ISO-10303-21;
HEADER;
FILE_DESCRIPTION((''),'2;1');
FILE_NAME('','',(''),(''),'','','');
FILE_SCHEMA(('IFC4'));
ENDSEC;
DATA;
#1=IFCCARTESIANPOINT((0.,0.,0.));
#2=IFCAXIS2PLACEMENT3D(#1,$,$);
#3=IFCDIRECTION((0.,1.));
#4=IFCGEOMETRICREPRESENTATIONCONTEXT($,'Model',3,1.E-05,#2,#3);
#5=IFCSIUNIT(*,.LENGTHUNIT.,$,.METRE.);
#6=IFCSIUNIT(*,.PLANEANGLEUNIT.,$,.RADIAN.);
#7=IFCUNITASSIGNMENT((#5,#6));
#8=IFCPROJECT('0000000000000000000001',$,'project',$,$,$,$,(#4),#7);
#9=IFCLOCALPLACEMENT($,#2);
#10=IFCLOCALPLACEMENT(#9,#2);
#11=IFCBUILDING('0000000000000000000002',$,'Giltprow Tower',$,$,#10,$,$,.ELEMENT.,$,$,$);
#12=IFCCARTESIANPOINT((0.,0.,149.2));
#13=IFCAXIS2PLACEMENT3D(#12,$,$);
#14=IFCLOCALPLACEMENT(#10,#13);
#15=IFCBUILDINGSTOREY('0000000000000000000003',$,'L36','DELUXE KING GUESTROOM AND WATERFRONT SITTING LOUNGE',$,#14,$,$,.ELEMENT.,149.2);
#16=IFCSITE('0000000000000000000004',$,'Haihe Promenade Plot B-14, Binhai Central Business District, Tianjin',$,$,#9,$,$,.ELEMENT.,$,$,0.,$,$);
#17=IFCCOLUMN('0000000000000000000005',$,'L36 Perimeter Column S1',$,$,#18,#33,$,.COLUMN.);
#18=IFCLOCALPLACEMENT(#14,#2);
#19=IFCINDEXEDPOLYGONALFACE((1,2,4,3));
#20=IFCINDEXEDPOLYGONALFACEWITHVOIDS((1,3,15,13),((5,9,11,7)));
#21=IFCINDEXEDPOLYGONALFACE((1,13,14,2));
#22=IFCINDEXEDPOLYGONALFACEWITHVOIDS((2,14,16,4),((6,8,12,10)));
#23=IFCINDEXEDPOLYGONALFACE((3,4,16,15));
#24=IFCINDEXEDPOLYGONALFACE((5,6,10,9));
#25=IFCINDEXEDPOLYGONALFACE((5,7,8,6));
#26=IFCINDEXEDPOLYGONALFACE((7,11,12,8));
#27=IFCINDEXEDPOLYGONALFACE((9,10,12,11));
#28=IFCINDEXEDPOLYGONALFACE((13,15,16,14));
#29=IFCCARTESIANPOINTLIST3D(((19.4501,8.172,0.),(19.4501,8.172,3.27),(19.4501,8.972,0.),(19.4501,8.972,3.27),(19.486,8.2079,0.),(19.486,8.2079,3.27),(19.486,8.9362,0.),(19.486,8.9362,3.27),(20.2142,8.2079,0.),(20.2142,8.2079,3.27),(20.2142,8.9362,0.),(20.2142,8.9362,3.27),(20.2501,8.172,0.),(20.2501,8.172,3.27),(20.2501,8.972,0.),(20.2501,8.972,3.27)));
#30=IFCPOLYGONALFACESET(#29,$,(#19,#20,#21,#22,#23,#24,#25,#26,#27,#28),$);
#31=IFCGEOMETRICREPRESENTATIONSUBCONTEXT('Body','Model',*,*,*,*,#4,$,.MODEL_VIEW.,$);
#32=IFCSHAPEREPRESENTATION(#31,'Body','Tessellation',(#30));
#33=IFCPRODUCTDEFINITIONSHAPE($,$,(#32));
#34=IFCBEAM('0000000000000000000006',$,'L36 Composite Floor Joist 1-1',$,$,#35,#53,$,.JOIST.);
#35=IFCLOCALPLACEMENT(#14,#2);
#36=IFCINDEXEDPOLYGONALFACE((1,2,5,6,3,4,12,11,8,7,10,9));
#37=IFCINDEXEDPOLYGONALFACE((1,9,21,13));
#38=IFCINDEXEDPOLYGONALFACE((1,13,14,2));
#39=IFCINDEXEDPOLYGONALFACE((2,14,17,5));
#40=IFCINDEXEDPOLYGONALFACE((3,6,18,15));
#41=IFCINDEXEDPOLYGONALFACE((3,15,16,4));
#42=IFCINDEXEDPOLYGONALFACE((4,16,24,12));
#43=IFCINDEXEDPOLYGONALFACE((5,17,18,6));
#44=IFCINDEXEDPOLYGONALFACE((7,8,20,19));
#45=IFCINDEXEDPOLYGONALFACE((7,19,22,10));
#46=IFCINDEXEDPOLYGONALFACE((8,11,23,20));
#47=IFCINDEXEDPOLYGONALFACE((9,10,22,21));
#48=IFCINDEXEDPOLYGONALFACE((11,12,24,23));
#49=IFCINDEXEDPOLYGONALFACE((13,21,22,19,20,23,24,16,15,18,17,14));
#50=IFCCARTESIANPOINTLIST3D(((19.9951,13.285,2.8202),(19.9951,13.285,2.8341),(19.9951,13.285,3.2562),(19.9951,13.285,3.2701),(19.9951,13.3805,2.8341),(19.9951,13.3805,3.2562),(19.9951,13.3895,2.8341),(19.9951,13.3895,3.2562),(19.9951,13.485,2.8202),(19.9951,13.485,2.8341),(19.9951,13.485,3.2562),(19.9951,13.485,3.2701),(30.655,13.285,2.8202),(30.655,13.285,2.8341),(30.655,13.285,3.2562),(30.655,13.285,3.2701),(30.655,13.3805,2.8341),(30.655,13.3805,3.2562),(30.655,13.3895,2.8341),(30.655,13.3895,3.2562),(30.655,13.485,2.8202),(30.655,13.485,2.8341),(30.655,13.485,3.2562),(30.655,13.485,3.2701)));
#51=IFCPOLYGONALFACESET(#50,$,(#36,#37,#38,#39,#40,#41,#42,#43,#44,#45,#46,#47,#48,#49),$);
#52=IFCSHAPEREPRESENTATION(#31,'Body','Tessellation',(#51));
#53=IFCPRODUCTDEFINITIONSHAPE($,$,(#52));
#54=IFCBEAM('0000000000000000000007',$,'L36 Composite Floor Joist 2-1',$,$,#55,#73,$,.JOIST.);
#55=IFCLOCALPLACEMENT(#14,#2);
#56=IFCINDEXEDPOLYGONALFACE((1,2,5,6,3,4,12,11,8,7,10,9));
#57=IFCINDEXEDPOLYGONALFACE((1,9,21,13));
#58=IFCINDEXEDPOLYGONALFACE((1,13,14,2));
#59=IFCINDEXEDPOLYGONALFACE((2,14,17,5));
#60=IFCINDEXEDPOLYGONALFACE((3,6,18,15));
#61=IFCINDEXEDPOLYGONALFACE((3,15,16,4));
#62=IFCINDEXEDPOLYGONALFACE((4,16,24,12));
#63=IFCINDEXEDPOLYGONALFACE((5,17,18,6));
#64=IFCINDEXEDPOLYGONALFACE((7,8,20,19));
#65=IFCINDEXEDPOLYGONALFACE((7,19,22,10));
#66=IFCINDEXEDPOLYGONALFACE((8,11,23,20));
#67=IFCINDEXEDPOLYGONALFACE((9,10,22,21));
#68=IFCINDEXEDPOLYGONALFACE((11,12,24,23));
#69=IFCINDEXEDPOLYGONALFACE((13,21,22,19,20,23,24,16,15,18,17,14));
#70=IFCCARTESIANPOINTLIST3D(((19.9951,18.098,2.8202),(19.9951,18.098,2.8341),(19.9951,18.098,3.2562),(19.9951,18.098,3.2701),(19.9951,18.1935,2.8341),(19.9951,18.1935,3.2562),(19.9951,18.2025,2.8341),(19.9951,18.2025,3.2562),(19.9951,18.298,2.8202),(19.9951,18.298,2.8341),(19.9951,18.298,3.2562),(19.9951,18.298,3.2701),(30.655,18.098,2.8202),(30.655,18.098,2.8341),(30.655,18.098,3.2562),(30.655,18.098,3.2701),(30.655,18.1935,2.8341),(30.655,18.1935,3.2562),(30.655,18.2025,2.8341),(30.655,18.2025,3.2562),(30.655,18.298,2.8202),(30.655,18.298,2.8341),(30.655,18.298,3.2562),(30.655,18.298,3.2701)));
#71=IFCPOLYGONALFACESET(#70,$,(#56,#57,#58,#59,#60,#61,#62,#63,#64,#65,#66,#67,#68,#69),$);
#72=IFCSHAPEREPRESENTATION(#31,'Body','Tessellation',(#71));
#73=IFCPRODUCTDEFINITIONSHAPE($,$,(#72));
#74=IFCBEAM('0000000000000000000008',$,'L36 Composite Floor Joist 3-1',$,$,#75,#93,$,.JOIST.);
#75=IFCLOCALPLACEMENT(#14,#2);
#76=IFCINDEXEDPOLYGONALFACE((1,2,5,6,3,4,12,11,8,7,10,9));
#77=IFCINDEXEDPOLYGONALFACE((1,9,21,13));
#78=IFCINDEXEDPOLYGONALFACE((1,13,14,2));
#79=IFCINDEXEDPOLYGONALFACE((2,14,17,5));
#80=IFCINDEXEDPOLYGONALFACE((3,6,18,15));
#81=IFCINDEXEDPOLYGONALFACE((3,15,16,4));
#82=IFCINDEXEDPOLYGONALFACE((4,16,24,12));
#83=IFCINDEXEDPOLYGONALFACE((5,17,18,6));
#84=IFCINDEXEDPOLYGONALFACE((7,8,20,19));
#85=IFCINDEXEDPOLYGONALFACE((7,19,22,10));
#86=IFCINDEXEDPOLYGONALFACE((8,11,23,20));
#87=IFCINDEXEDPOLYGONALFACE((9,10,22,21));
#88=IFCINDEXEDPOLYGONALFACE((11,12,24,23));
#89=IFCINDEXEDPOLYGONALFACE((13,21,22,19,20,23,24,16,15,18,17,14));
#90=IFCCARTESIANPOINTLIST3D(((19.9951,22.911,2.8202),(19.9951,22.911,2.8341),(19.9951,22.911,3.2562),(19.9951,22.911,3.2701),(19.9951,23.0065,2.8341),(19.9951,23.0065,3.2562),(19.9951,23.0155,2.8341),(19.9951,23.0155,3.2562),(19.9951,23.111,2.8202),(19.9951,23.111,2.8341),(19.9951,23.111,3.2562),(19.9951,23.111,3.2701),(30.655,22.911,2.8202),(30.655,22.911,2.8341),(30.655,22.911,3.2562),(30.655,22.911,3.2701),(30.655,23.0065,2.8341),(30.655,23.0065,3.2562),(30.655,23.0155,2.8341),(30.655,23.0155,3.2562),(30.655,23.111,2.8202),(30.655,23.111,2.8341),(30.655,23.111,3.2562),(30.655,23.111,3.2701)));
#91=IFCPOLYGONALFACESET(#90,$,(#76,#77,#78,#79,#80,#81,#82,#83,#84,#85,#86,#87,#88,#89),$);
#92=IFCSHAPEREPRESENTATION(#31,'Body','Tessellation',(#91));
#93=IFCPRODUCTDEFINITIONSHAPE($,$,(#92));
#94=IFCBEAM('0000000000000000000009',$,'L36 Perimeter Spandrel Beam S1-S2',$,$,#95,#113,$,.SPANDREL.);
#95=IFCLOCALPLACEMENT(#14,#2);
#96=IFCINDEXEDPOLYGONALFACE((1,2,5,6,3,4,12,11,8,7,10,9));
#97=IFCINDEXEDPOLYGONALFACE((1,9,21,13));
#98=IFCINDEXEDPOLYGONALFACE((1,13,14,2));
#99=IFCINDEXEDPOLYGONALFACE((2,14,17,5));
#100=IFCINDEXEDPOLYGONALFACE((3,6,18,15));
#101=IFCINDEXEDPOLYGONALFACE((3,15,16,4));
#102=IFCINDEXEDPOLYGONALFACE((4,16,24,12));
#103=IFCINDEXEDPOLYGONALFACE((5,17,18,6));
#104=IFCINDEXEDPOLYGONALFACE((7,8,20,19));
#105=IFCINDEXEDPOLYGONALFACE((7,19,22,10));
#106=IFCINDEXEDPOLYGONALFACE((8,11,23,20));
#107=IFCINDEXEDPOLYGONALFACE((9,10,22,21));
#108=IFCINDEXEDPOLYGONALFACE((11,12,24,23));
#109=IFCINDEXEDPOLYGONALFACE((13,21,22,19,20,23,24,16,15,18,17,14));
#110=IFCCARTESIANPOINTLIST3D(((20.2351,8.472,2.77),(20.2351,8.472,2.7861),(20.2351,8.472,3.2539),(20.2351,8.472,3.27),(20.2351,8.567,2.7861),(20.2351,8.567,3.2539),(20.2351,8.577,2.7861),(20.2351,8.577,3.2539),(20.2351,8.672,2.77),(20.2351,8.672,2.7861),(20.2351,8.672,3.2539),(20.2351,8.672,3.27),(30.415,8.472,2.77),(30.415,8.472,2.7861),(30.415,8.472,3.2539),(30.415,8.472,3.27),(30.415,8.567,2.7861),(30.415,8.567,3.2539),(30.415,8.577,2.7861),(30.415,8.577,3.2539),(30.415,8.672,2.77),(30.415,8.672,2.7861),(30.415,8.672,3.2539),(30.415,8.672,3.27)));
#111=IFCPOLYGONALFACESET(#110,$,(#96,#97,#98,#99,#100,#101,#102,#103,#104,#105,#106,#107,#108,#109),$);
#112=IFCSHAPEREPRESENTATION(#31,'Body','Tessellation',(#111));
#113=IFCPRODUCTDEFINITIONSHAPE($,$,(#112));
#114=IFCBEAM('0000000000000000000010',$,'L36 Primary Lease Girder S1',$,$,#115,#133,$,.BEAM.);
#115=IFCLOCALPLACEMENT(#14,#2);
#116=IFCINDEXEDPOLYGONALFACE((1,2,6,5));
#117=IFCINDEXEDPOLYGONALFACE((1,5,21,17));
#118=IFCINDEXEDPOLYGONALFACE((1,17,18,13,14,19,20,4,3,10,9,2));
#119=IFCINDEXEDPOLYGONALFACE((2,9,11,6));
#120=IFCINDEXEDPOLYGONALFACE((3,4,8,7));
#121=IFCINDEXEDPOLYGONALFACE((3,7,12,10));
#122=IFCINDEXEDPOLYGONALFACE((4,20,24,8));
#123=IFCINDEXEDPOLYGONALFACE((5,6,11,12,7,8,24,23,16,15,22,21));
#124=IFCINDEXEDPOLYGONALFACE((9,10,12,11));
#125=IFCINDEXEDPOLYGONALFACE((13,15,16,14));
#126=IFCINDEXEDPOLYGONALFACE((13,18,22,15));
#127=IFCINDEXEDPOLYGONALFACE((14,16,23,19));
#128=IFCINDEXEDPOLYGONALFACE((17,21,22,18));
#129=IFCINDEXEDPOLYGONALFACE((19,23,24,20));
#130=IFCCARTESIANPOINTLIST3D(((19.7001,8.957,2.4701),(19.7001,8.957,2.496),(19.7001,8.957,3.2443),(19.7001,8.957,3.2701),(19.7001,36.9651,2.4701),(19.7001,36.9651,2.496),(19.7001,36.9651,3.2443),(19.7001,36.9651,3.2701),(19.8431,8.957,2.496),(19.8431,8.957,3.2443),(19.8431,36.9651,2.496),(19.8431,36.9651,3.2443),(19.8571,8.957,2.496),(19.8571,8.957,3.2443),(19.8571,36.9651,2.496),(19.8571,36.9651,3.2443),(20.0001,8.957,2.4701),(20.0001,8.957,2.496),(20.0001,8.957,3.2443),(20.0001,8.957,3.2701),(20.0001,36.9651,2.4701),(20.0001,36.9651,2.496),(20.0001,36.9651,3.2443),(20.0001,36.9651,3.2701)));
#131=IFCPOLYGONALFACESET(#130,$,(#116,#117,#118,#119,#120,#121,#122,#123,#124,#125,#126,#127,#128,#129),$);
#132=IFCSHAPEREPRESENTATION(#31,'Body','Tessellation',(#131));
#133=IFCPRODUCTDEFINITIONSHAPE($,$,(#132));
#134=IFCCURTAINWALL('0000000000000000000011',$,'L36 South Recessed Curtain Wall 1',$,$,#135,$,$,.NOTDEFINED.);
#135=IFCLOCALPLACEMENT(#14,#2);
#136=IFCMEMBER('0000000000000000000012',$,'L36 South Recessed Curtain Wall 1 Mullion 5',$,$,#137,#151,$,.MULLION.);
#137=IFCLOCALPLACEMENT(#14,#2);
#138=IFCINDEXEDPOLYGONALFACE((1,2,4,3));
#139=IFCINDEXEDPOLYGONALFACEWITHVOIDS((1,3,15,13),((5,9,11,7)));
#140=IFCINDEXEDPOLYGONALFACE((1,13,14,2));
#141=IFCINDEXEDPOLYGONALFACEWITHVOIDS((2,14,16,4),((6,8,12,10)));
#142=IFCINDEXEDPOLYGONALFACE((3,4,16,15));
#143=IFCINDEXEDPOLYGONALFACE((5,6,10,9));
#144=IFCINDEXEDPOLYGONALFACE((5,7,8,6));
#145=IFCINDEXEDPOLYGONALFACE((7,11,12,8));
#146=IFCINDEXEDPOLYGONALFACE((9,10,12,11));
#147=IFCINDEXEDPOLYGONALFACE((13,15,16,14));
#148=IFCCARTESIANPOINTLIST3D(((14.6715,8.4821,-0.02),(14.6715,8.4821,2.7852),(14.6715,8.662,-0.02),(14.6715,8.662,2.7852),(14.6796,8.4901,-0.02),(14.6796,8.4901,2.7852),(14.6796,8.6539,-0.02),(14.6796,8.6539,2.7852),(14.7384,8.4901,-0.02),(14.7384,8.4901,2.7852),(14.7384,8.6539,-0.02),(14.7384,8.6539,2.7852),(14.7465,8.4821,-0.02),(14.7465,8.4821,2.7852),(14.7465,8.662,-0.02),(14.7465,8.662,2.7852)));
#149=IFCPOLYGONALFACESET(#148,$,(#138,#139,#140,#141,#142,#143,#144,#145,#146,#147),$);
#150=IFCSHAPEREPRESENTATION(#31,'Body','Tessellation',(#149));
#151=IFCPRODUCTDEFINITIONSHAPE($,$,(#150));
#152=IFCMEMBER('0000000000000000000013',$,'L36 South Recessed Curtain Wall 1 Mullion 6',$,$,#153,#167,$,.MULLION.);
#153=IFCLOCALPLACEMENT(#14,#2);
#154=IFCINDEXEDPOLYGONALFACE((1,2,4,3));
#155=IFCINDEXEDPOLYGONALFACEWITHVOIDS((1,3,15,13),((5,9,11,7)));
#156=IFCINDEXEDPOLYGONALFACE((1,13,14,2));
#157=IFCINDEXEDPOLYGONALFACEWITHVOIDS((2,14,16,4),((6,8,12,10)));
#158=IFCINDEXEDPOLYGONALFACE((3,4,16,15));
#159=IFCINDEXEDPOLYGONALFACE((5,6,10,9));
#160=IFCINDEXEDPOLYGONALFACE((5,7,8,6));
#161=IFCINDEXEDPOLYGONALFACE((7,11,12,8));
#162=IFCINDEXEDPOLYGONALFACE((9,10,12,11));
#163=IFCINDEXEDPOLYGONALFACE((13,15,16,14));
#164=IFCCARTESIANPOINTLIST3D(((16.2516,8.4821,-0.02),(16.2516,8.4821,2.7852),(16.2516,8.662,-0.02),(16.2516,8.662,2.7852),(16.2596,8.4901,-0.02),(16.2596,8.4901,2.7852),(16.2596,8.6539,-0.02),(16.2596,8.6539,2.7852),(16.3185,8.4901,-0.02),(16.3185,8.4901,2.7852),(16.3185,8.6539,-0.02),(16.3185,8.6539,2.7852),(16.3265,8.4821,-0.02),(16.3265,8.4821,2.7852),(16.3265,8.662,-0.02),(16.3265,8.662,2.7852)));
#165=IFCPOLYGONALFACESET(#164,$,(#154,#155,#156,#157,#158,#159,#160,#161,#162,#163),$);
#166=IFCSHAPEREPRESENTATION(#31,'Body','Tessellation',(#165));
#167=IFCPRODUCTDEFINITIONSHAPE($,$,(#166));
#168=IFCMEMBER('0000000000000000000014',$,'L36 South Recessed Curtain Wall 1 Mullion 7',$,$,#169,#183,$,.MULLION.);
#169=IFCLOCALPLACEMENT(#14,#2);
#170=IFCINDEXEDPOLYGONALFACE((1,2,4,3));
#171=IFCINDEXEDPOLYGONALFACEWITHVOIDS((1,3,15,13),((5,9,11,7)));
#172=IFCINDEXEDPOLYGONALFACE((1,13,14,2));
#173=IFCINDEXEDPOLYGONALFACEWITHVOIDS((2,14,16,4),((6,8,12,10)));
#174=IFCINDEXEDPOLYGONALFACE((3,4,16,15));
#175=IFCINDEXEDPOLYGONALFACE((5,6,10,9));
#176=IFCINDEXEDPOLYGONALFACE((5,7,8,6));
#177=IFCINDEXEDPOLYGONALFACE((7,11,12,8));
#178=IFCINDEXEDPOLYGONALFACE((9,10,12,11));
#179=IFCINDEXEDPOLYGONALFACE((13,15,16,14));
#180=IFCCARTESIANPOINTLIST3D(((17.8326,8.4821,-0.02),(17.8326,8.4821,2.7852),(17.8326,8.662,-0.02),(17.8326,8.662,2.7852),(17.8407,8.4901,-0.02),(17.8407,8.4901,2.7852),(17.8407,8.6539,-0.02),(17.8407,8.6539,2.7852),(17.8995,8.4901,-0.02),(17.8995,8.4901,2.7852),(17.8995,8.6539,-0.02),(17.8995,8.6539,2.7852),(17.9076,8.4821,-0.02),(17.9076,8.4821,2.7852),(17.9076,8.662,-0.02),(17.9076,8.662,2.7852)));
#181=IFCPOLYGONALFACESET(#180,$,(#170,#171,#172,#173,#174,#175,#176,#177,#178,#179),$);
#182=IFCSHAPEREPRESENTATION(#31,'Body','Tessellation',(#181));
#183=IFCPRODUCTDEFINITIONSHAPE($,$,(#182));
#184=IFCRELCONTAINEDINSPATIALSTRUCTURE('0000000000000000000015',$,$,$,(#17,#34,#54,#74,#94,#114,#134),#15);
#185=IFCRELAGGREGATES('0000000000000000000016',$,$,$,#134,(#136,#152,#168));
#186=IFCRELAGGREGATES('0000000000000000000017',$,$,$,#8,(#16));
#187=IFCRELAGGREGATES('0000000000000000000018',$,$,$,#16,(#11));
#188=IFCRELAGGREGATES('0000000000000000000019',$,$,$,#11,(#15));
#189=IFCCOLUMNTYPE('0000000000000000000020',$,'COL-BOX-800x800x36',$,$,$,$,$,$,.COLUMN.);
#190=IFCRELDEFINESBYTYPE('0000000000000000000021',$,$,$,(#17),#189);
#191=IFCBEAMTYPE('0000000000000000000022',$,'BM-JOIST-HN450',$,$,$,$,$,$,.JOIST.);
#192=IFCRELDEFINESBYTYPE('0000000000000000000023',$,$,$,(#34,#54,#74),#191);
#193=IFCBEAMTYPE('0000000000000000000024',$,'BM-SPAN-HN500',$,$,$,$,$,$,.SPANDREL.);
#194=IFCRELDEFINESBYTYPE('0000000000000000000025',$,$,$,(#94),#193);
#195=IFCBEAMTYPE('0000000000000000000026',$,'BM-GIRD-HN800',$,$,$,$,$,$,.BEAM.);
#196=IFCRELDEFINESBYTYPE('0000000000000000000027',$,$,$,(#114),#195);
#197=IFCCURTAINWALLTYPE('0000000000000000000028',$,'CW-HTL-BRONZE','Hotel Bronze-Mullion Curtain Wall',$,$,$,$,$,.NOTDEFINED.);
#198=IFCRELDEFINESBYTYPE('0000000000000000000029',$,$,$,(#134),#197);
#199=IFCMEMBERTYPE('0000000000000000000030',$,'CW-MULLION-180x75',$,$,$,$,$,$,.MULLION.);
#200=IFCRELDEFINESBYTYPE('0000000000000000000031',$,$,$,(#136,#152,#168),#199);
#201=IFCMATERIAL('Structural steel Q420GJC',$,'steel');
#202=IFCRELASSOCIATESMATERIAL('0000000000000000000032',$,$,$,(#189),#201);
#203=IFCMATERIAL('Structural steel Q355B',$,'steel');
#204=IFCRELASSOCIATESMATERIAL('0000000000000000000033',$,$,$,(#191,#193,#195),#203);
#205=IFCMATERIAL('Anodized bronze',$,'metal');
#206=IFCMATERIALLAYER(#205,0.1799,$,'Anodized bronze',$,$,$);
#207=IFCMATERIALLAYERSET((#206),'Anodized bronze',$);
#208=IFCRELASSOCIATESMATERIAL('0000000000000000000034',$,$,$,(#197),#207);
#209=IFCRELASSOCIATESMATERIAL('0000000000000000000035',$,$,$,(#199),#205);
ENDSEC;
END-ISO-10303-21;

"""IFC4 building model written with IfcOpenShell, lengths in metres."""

from ifc_helpers import new_model, si_unit, direction, frame, origin, origin_2d, place, context, subcontext, project, spatial, hollow_rectangle, i_section, extrude, source, transform, mapped, material, layer, layer_set, material_profile, profile_set, type_object, element, aggregate, save


model = new_model("IFC4")

# Units and contexts
model_context = context("Model", 3, precision=1e-05, world=origin(), true_north=direction((0.0, 1.0)))
body_context = subcontext(model_context, "Body", "Model", "MODEL_VIEW")
ifc_project = project(units=[si_unit("LENGTHUNIT", "METRE"), si_unit("PLANEANGLEUNIT", "RADIAN")], contexts=[model_context])

# Site, building, storey
site_placement = place(None, origin())
site = spatial("IfcSite", under=ifc_project, at=site_placement, Name="Haihe Promenade Plot B-14, Binhai Central Business District, Tianjin", CompositionType="ELEMENT", RefElevation=0.0)
building_placement = place(site_placement, origin())
building = spatial("IfcBuilding", under=site, at=building_placement, Name="Giltprow Tower", CompositionType="ELEMENT")
storey_placement = place(building_placement, frame((0.0, 0.0, 149.2)))
storey = spatial("IfcBuildingStorey", under=building, at=storey_placement, Name="L36", Description="DELUXE KING GUESTROOM AND WATERFRONT SITTING LOUNGE", CompositionType="ELEMENT", Elevation=149.2)

# Column
ifc_material_1 = material(Name="Structural steel Q420GJC", Category="steel")
ifc_material_profile_1 = material_profile(ifc_material_1, hollow_rectangle(XDim=0.8, YDim=0.8, WallThickness=0.0359, at=origin_2d()), Name="BOX 800x800x36")
ifc_profile_set_1 = profile_set([ifc_material_profile_1], Name="Structural steel Q420GJC")
column_type = type_object("IfcColumnType", Name="COL-BOX-800x800x36", PredefinedType="COLUMN", material=ifc_profile_set_1)
shared_shape_1 = source(origin(), body_context, "Body", "SweptSolid", [
    extrude(hollow_rectangle(XDim=0.8, YDim=0.8, WallThickness=0.0359, at=origin_2d()), origin(), (0.0, 0.0, 1.0), 3.27),
])
column_placement = place(storey_placement, frame((19.8501, 8.572, 0.0), z_axis=(0.0, 0.0, 1.0), x_axis=(1.0, 0.0, 0.0)))
element("IfcColumn", 1, at=column_placement, inside=storey, type_object=column_type, Name="L36 Perimeter Column S1", PredefinedType="COLUMN", context=body_context, shape_type="MappedRepresentation", body=[
    mapped(shared_shape_1, transform((0.0, 0.0, 0.0), x_axis=(1.0, 0.0, 0.0), y_axis=(0.0, 1.0, 0.0), z_axis=(0.0, 0.0, 1.0), scale=1.0)),
])

# Beams
ifc_material_2 = material(Name="Structural steel Q355B", Category="steel")
ifc_material_profile_2 = material_profile(ifc_material_2, i_section(OverallWidth=0.2, OverallDepth=0.45, WebThickness=0.009, FlangeThickness=0.0139, at=origin_2d()), Name="HN 450x200x9x14")
ifc_profile_set_2 = profile_set([ifc_material_profile_2], Name="Structural steel Q355B")
beam_type_1 = type_object("IfcBeamType", Name="BM-JOIST-HN450", PredefinedType="JOIST", material=ifc_profile_set_2)
shared_shape_2 = source(origin(), body_context, "Body", "SweptSolid", [
    extrude(i_section(OverallWidth=0.2, OverallDepth=0.45, WebThickness=0.009, FlangeThickness=0.0139, at=origin_2d()), origin(), (0.0, 0.0, 1.0), 10.6599),
])
for number, where, z_axis, x_axis, name in (
    (2, (19.9951, 13.385, 3.0452), (1.0, 0.0, 0.0), (0.0, 1.0, 0.0), "L36 Composite Floor Joist 1-1"),
    (3, (19.9951, 18.198, 3.0452), (1.0, 0.0, 0.0), (0.0, 1.0, 0.0), "L36 Composite Floor Joist 2-1"),
    (4, (19.9951, 23.011, 3.0452), (1.0, 0.0, 0.0), (0.0, 1.0, 0.0), "L36 Composite Floor Joist 3-1"),
):
    element("IfcBeam", number, at=place(storey_placement, frame(where, z_axis=z_axis, x_axis=x_axis)), inside=storey, type_object=beam_type_1, Name=name, PredefinedType="JOIST", context=body_context, shape_type="MappedRepresentation", body=[
        mapped(shared_shape_2, transform((0.0, 0.0, 0.0), x_axis=(1.0, 0.0, 0.0), y_axis=(0.0, 1.0, 0.0), z_axis=(0.0, 0.0, 1.0), scale=1.0)),
    ])
ifc_material_profile_3 = material_profile(ifc_material_2, i_section(OverallWidth=0.2, OverallDepth=0.5, WebThickness=0.01, FlangeThickness=0.0161, at=origin_2d()), Name="HN 500x200x10x16")
ifc_profile_set_3 = profile_set([ifc_material_profile_3], Name="Structural steel Q355B")
beam_type_2 = type_object("IfcBeamType", Name="BM-SPAN-HN500", PredefinedType="SPANDREL", material=ifc_profile_set_3)
shared_shape_3 = source(origin(), body_context, "Body", "SweptSolid", [
    extrude(i_section(OverallWidth=0.2, OverallDepth=0.5, WebThickness=0.01, FlangeThickness=0.0161, at=origin_2d()), origin(), (0.0, 0.0, 1.0), 10.1799),
])
beam_1_placement = place(storey_placement, frame((20.2351, 8.572, 3.02), z_axis=(1.0, 0.0, 0.0), x_axis=(0.0, 1.0, 0.0)))
element("IfcBeam", 5, at=beam_1_placement, inside=storey, type_object=beam_type_2, Name="L36 Perimeter Spandrel Beam S1-S2", PredefinedType="SPANDREL", context=body_context, shape_type="MappedRepresentation", body=[
    mapped(shared_shape_3, transform((0.0, 0.0, 0.0), x_axis=(1.0, 0.0, 0.0), y_axis=(0.0, 1.0, 0.0), z_axis=(0.0, 0.0, 1.0), scale=1.0)),
])
ifc_material_profile_4 = material_profile(ifc_material_2, i_section(OverallWidth=0.3, OverallDepth=0.8, WebThickness=0.0139, FlangeThickness=0.0259, at=origin_2d()), Name="HN 800x300x14x26")
ifc_profile_set_4 = profile_set([ifc_material_profile_4], Name="Structural steel Q355B")
beam_type_3 = type_object("IfcBeamType", Name="BM-GIRD-HN800", PredefinedType="BEAM", material=ifc_profile_set_4)
shared_shape_4 = source(origin(), body_context, "Body", "SweptSolid", [
    extrude(i_section(OverallWidth=0.3, OverallDepth=0.8, WebThickness=0.0139, FlangeThickness=0.0259, at=origin_2d()), origin(), (0.0, 0.0, 1.0), 28.0081),
])
beam_2_placement = place(storey_placement, frame((19.8501, 8.957, 2.8701), z_axis=(0.0, 1.0, 0.0), x_axis=(-1.0, 0.0, 0.0)))
element("IfcBeam", 6, at=beam_2_placement, inside=storey, type_object=beam_type_3, Name="L36 Primary Lease Girder S1", PredefinedType="BEAM", context=body_context, shape_type="MappedRepresentation", body=[
    mapped(shared_shape_4, transform((0.0, 0.0, 0.0), x_axis=(1.0, 0.0, 0.0), y_axis=(0.0, 1.0, 0.0), z_axis=(0.0, 0.0, 1.0), scale=1.0)),
])

# Curtain wall, members
ifc_material_3 = material(Name="Anodized bronze", Category="metal")
ifc_layer = layer(ifc_material_3, 0.1799, Name="Anodized bronze")
ifc_layer_set = layer_set([ifc_layer], Name="Anodized bronze")
curtain_wall_type = type_object("IfcCurtainWallType", Name="CW-HTL-BRONZE", Description="Hotel Bronze-Mullion Curtain Wall", PredefinedType="NOTDEFINED", material=ifc_layer_set)
curtain_wall_placement = place(storey_placement, origin())
curtain_wall = element("IfcCurtainWall", 7, at=curtain_wall_placement, inside=storey, type_object=curtain_wall_type, Name="L36 South Recessed Curtain Wall 1", PredefinedType="NOTDEFINED")
ifc_material_profile_5 = material_profile(ifc_material_3, hollow_rectangle(XDim=0.075, YDim=0.1799, WallThickness=0.0081, at=origin_2d()), Name="RHS 180x75x8")
ifc_profile_set_5 = profile_set([ifc_material_profile_5], Name="Anodized bronze")
member_type = type_object("IfcMemberType", Name="CW-MULLION-180x75", PredefinedType="MULLION", material=ifc_profile_set_5)
shared_shape_5 = source(origin(), body_context, "Body", "SweptSolid", [
    extrude(hollow_rectangle(XDim=0.075, YDim=0.1799, WallThickness=0.0081, at=origin_2d()), origin(), (0.0, 0.0, 1.0), 2.8052),
])
member_1_placement = place(storey_placement, frame((14.709, 8.572, -0.02), z_axis=(0.0, 0.0, 1.0), x_axis=(1.0, 0.0, 0.0)))
member_1 = element("IfcMember", 8, at=member_1_placement, type_object=member_type, Name="L36 South Recessed Curtain Wall 1 Mullion 5", PredefinedType="MULLION", context=body_context, shape_type="MappedRepresentation", body=[
    mapped(shared_shape_5, transform((0.0, 0.0, 0.0), x_axis=(1.0, 0.0, 0.0), y_axis=(0.0, 1.0, 0.0), z_axis=(0.0, 0.0, 1.0), scale=1.0)),
])
member_2_placement = place(storey_placement, frame((16.2891, 8.572, -0.02), z_axis=(0.0, 0.0, 1.0), x_axis=(1.0, 0.0, 0.0)))
member_2 = element("IfcMember", 9, at=member_2_placement, type_object=member_type, Name="L36 South Recessed Curtain Wall 1 Mullion 6", PredefinedType="MULLION", context=body_context, shape_type="MappedRepresentation", body=[
    mapped(shared_shape_5, transform((0.0, 0.0, 0.0), x_axis=(1.0, 0.0, 0.0), y_axis=(0.0, 1.0, 0.0), z_axis=(0.0, 0.0, 1.0), scale=1.0)),
])
member_3_placement = place(storey_placement, frame((17.8701, 8.572, -0.02), z_axis=(0.0, 0.0, 1.0), x_axis=(1.0, 0.0, 0.0)))
member_3 = element("IfcMember", 10, at=member_3_placement, type_object=member_type, Name="L36 South Recessed Curtain Wall 1 Mullion 7", PredefinedType="MULLION", context=body_context, shape_type="MappedRepresentation", body=[
    mapped(shared_shape_5, transform((0.0, 0.0, 0.0), x_axis=(1.0, 0.0, 0.0), y_axis=(0.0, 1.0, 0.0), z_axis=(0.0, 0.0, 1.0), scale=1.0)),
])
aggregate(curtain_wall, [member_1, member_2, member_3])

save(model, "model.ifc")
